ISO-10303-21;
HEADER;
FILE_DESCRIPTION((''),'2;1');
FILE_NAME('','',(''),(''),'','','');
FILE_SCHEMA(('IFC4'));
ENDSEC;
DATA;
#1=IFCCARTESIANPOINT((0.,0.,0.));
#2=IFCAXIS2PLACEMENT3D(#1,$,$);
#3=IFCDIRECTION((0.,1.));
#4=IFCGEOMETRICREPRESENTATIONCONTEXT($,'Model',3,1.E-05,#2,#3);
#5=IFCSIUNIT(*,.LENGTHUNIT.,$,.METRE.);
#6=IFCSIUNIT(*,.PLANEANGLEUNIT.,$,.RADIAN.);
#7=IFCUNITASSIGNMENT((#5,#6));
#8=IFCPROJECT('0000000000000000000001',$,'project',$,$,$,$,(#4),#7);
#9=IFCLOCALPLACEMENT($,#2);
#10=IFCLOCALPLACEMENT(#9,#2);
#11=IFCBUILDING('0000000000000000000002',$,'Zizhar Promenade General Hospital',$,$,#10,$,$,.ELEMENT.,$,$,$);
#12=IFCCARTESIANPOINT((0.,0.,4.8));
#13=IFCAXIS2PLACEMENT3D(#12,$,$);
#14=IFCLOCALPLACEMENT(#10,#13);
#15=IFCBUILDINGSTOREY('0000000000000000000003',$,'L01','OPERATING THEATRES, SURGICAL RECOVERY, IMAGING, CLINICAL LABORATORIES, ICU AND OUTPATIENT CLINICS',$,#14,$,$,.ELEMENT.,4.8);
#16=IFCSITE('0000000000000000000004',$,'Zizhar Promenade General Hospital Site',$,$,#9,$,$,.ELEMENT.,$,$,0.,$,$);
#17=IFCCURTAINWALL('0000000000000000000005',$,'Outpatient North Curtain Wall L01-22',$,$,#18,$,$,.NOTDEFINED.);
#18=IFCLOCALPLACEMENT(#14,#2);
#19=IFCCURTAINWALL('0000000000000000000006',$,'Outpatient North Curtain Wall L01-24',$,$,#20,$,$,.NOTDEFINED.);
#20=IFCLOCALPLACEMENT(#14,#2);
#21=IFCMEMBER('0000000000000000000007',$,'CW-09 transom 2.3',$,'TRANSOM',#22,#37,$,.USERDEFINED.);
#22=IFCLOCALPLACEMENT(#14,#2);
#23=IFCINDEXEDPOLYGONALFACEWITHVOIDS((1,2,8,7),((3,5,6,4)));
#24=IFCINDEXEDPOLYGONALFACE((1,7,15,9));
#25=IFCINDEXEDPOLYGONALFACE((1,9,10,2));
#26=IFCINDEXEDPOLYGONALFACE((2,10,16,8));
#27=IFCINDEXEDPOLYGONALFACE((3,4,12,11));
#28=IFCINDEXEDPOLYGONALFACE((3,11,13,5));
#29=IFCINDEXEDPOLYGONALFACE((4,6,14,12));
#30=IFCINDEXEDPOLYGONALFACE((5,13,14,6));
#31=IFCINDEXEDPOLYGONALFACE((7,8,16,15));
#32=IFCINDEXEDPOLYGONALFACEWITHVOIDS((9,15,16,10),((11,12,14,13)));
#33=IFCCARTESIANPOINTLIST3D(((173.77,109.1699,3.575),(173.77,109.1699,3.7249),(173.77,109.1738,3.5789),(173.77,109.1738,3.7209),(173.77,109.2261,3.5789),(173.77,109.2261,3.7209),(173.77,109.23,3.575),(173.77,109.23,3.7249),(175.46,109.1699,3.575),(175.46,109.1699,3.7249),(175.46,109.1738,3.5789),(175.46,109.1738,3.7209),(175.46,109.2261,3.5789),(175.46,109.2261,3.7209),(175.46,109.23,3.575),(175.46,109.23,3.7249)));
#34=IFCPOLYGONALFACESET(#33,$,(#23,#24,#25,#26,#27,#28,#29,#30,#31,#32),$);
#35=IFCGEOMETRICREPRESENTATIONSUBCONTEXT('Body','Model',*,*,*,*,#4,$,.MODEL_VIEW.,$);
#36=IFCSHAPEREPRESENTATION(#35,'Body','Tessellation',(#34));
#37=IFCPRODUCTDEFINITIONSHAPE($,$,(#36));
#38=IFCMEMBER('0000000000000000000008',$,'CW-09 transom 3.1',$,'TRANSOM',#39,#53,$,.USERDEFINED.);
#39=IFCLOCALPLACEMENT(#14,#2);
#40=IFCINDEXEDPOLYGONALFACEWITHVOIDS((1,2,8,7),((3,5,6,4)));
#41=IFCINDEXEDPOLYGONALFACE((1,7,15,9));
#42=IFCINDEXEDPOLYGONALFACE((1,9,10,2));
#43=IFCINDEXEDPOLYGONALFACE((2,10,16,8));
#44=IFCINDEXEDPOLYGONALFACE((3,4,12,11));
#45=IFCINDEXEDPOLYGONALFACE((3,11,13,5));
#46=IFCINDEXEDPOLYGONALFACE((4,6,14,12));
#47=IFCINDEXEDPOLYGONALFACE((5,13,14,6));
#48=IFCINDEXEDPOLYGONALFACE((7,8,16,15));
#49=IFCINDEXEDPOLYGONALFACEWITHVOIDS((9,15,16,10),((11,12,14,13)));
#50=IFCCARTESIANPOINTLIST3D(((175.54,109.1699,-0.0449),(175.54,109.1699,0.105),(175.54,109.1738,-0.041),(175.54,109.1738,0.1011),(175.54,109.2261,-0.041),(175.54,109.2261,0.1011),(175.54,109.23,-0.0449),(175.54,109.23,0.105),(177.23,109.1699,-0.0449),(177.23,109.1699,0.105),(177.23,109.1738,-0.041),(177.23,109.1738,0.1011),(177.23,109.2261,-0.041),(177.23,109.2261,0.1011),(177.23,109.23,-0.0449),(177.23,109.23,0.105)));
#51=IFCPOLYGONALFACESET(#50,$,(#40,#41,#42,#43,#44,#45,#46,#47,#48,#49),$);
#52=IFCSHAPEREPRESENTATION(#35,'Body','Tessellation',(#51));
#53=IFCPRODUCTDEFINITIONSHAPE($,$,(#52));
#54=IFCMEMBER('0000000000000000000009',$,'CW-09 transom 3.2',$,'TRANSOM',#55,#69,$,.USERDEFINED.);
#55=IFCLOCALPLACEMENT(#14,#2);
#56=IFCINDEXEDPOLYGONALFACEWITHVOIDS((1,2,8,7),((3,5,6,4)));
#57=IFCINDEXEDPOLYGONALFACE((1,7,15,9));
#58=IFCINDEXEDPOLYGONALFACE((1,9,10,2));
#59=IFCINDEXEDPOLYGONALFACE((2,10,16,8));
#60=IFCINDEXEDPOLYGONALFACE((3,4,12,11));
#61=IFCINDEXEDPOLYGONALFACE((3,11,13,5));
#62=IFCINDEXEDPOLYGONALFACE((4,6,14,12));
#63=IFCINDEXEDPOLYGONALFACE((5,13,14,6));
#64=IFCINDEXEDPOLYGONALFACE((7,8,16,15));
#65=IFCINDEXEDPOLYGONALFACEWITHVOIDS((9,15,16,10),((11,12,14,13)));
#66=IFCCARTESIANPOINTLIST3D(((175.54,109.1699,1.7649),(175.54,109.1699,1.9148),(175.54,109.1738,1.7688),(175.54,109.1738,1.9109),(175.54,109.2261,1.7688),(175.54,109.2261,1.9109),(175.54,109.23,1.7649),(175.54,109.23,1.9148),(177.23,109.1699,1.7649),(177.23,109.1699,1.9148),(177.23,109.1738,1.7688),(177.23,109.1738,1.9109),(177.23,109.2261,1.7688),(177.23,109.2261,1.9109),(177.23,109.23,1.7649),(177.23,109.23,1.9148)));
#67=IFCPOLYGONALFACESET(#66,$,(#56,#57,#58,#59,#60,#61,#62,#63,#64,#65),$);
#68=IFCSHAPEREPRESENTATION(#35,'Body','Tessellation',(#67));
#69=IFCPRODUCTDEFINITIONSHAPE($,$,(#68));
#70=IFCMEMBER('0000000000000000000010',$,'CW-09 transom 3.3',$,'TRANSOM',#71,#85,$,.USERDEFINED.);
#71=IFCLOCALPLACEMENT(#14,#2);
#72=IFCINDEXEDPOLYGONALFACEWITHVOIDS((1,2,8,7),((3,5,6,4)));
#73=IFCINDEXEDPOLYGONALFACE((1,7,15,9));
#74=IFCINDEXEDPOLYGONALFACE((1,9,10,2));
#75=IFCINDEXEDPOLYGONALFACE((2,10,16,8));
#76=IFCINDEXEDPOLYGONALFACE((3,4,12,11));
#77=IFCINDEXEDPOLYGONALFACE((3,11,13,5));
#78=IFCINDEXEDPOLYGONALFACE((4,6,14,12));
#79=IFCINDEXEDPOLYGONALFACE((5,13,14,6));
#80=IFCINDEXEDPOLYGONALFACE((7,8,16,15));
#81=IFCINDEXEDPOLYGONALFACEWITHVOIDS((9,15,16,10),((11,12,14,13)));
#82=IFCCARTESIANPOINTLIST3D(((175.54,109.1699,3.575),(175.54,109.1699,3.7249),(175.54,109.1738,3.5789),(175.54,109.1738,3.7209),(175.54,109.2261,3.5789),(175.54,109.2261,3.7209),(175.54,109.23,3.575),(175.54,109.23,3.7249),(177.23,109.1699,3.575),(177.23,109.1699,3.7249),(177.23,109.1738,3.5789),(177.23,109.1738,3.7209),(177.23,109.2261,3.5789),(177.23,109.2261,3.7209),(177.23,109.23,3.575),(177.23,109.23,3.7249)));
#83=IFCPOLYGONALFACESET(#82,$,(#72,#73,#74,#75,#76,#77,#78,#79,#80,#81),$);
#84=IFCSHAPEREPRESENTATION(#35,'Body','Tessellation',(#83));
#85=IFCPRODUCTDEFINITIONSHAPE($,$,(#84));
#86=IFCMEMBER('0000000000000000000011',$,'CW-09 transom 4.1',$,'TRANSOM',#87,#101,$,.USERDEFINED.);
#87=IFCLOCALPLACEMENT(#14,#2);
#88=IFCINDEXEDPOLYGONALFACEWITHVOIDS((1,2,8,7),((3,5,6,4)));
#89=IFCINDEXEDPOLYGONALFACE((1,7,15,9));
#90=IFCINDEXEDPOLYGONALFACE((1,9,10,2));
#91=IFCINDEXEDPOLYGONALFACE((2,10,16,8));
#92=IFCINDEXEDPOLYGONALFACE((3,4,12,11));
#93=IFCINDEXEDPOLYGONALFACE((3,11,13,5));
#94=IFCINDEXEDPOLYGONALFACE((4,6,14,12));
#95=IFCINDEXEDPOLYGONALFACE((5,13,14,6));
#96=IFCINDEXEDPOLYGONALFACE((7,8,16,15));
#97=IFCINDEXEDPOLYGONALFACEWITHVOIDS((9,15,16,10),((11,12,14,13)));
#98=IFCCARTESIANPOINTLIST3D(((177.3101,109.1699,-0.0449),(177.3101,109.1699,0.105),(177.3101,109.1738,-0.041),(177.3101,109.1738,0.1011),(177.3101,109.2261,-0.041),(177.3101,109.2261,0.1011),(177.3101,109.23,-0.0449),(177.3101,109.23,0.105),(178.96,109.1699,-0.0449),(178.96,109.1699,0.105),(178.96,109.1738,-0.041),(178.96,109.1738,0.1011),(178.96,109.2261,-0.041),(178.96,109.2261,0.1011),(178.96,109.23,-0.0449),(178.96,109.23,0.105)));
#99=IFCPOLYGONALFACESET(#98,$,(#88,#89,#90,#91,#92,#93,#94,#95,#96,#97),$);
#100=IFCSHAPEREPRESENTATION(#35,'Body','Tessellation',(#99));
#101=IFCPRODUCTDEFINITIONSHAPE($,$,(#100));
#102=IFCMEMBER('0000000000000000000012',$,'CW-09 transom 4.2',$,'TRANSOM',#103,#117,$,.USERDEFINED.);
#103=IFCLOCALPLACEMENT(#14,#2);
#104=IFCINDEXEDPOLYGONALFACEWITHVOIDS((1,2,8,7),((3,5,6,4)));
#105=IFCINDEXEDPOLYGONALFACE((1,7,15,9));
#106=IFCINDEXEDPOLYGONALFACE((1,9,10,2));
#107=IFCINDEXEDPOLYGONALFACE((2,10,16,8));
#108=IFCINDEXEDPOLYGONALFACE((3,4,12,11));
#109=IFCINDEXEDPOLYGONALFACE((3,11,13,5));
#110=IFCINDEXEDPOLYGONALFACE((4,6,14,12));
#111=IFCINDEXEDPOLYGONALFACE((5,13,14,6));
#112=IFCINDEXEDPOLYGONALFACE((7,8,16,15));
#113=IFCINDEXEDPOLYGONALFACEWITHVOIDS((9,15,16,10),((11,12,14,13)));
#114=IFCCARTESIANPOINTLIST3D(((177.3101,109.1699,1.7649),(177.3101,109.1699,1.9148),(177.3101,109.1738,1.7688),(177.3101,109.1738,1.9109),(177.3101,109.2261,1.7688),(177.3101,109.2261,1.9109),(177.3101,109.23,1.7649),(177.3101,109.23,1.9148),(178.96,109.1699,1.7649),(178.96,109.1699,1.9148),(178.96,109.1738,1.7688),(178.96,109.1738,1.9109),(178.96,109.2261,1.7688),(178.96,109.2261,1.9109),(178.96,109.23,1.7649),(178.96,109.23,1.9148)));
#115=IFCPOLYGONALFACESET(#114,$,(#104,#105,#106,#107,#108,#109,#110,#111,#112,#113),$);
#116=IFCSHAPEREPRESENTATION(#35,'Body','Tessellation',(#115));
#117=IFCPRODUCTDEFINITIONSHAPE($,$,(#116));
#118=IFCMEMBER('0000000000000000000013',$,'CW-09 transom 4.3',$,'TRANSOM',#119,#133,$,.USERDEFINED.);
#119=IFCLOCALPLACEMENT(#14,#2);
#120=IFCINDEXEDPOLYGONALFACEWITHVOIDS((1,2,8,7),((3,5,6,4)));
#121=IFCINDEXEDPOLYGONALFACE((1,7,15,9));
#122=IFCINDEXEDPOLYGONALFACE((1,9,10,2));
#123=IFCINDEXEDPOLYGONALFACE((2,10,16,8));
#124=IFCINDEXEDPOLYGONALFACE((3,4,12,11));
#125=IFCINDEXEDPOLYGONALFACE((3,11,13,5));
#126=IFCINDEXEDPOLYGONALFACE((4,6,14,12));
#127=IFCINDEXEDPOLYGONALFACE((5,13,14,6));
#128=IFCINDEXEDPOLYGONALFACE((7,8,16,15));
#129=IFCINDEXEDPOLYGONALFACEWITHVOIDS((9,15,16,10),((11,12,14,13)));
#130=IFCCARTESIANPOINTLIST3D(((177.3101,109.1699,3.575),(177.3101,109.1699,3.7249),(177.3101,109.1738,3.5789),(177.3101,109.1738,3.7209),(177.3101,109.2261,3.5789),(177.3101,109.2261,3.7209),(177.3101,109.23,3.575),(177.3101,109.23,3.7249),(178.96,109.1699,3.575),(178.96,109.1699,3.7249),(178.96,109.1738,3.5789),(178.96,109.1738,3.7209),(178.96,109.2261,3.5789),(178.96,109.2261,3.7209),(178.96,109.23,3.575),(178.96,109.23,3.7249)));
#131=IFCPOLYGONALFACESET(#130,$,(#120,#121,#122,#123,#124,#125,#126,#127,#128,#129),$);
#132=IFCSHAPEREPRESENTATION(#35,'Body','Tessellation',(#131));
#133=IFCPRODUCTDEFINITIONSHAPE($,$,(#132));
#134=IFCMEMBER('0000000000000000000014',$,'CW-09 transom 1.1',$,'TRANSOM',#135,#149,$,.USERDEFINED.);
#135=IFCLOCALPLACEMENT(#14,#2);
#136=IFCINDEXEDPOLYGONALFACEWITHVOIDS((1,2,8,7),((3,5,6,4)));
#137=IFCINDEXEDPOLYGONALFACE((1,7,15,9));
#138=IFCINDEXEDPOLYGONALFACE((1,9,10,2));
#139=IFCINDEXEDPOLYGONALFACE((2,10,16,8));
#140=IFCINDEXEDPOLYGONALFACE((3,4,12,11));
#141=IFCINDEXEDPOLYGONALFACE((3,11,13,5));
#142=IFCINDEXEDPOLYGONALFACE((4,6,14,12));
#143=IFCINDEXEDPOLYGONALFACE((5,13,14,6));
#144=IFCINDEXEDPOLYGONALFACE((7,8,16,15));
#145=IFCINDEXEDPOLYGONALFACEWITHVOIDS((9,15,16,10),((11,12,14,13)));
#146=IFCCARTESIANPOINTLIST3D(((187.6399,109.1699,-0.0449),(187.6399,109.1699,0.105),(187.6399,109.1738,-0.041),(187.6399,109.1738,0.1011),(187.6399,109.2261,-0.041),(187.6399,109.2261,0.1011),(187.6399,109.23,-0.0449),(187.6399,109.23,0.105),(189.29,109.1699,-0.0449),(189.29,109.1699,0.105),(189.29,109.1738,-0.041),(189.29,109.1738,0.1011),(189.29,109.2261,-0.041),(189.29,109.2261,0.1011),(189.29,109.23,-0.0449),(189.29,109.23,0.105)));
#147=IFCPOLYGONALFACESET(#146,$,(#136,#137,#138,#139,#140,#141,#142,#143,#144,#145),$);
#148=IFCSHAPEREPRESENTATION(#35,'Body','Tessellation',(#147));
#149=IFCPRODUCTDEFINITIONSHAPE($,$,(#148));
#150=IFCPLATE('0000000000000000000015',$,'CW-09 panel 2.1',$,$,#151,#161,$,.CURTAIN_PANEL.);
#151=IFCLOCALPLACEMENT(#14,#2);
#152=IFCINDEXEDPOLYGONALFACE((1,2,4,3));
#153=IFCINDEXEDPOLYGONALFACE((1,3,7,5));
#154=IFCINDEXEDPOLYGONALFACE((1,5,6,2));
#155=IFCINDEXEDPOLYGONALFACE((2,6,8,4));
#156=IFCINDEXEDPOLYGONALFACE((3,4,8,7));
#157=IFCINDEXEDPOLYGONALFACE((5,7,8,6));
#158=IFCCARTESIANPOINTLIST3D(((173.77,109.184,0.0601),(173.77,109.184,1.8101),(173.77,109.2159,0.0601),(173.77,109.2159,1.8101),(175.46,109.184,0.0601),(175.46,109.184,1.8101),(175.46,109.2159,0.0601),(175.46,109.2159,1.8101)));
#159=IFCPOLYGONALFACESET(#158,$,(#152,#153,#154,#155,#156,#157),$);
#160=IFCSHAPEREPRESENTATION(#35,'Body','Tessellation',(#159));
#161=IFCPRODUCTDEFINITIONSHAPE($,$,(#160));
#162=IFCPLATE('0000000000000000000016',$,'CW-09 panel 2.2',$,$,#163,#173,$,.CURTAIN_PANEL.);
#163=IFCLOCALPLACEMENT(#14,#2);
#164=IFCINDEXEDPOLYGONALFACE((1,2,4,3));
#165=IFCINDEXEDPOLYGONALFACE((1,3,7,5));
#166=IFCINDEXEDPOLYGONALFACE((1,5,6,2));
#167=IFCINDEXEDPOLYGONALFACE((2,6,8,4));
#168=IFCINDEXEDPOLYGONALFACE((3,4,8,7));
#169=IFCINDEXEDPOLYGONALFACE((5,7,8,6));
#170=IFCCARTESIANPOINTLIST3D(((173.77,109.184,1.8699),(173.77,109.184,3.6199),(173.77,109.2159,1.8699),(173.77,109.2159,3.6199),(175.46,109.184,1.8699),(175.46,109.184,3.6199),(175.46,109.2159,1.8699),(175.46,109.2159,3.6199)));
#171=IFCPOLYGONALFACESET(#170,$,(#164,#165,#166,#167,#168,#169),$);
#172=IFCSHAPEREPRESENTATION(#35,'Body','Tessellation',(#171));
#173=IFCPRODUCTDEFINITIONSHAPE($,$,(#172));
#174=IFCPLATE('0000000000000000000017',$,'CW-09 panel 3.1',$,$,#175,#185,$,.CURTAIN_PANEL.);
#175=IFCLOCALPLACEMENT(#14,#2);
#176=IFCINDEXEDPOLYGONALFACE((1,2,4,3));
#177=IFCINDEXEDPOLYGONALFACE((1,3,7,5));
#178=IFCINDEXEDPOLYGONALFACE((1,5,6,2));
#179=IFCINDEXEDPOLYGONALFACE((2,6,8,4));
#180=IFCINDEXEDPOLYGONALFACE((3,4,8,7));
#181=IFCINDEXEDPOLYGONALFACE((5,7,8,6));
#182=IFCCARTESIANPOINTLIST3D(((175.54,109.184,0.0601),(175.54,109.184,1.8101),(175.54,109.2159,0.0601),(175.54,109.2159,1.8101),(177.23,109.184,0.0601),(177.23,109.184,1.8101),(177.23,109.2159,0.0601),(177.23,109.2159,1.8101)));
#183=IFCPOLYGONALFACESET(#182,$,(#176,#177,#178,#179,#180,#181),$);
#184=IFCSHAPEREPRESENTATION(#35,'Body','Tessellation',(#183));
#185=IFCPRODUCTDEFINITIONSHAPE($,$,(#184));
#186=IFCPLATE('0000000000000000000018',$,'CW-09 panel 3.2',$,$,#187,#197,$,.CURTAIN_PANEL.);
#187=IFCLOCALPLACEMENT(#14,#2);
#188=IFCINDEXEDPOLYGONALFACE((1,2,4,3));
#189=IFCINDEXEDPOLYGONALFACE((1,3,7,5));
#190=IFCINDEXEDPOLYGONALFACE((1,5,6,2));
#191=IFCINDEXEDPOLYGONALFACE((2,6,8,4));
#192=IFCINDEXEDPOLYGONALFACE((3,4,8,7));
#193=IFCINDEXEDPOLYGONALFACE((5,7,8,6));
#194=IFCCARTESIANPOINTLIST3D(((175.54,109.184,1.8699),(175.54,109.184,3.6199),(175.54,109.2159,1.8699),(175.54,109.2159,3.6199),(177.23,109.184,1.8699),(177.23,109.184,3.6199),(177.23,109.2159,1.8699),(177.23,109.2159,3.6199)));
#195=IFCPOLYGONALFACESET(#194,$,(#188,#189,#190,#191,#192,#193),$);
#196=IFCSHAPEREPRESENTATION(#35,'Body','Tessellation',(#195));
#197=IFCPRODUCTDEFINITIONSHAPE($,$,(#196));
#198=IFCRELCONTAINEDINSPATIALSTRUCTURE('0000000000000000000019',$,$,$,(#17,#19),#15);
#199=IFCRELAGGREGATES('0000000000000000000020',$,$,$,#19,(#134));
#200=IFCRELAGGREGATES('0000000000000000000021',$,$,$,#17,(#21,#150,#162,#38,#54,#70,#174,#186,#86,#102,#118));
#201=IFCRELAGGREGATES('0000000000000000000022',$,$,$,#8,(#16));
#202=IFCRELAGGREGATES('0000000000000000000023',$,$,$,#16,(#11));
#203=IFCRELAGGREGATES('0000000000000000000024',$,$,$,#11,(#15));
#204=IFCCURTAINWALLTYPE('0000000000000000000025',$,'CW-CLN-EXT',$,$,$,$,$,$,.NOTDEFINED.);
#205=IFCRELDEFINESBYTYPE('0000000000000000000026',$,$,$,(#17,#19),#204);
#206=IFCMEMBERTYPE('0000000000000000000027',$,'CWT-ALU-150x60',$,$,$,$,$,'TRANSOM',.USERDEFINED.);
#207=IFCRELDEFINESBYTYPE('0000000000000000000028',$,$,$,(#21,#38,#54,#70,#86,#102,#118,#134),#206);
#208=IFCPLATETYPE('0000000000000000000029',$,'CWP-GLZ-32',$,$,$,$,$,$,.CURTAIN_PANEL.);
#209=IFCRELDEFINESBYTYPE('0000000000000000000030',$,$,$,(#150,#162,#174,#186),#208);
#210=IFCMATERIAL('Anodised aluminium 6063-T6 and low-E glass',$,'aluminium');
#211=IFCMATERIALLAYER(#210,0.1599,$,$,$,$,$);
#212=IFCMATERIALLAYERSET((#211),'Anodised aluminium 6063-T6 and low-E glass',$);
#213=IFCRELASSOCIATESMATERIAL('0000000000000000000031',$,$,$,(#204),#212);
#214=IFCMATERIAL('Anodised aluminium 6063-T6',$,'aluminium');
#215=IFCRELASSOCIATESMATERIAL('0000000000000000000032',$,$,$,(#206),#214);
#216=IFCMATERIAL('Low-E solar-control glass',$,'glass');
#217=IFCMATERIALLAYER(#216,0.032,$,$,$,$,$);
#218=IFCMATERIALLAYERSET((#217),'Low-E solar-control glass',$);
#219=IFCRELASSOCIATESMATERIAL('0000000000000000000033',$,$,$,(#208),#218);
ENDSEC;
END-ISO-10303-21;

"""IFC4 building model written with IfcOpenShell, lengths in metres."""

from ifc_helpers import new_model, si_unit, direction, frame, origin, origin_2d, place, context, subcontext, project, spatial, rectangle, hollow_rectangle, extrude, material, layer, layer_set, material_profile, profile_set, type_object, element, aggregate, save


model = new_model("IFC4")

# Units and contexts
model_context = context("Model", 3, precision=1e-05, world=origin(), true_north=direction((0.0, 1.0)))
body_context = subcontext(model_context, "Body", "Model", "MODEL_VIEW")
ifc_project = project(units=[si_unit("LENGTHUNIT", "METRE"), si_unit("PLANEANGLEUNIT", "RADIAN")], contexts=[model_context])

# Site, building, storey
site_placement = place(None, origin())
site = spatial("IfcSite", under=ifc_project, at=site_placement, Name="Zizhar Promenade General Hospital Site", CompositionType="ELEMENT", RefElevation=0.0)
building_placement = place(site_placement, origin())
building = spatial("IfcBuilding", under=site, at=building_placement, Name="Zizhar Promenade General Hospital", CompositionType="ELEMENT")
storey_placement = place(building_placement, frame((0.0, 0.0, 4.8)))
storey = spatial("IfcBuildingStorey", under=building, at=storey_placement, Name="L01", Description="OPERATING THEATRES, SURGICAL RECOVERY, IMAGING, CLINICAL LABORATORIES, ICU AND OUTPATIENT CLINICS", CompositionType="ELEMENT", Elevation=4.8)

# Curtain wall
ifc_material_1 = material(Name="Anodised aluminium 6063-T6 and low-E glass", Category="aluminium")
ifc_layer_1 = layer(ifc_material_1, 0.1599)
ifc_layer_set_1 = layer_set([ifc_layer_1], Name="Anodised aluminium 6063-T6 and low-E glass")
curtain_wall_type = type_object("IfcCurtainWallType", Name="CW-CLN-EXT", PredefinedType="NOTDEFINED", material=ifc_layer_set_1)
curtain_wall_1_placement = place(storey_placement, origin())
curtain_wall_1 = element("IfcCurtainWall", 1, at=curtain_wall_1_placement, inside=storey, type_object=curtain_wall_type, Name="Outpatient North Curtain Wall L01-22", PredefinedType="NOTDEFINED")

# Curtain wall
curtain_wall_2_placement = place(storey_placement, origin())
curtain_wall_2 = element("IfcCurtainWall", 2, at=curtain_wall_2_placement, inside=storey, type_object=curtain_wall_type, Name="Outpatient North Curtain Wall L01-24", PredefinedType="NOTDEFINED")

# Members
ifc_material_2 = material(Name="Anodised aluminium 6063-T6", Category="aluminium")
ifc_material_profile_1 = material_profile(ifc_material_2, hollow_rectangle(XDim=0.0601, YDim=0.1499, WallThickness=0.0039, at=origin_2d()))
ifc_profile_set_1 = profile_set([ifc_material_profile_1], Name="Anodised aluminium 6063-T6")
member_type_1 = type_object("IfcMemberType", Name="CWT-ALU-150x60", ElementType="TRANSOM", PredefinedType="USERDEFINED", material=ifc_profile_set_1)
member_1_placement = place(storey_placement, frame((173.77, 109.2, 3.6499), z_axis=(1.0, 0.0, 0.0), x_axis=(0.0, 1.0, 0.0)))
member_1 = element("IfcMember", 3, at=member_1_placement, type_object=member_type_1, Name="CW-09 transom 2.3", ObjectType="TRANSOM", PredefinedType="USERDEFINED", context=body_context, shape_type="SweptSolid", body=[
    extrude(hollow_rectangle(XDim=0.0601, YDim=0.1499, WallThickness=0.0039, at=origin_2d()), origin(), (0.0, 0.0, 1.0), 1.6899),
])
member_2_placement = place(storey_placement, frame((175.54, 109.2, 0.03), z_axis=(1.0, 0.0, 0.0), x_axis=(0.0, 1.0, 0.0)))
member_2 = element("IfcMember", 4, at=member_2_placement, type_object=member_type_1, Name="CW-09 transom 3.1", ObjectType="TRANSOM", PredefinedType="USERDEFINED", context=body_context, shape_type="SweptSolid", body=[
    extrude(hollow_rectangle(XDim=0.0601, YDim=0.1499, WallThickness=0.0039, at=origin_2d()), origin(), (0.0, 0.0, 1.0), 1.6899),
])
member_3_placement = place(storey_placement, frame((175.54, 109.2, 1.8398), z_axis=(1.0, 0.0, 0.0), x_axis=(0.0, 1.0, 0.0)))
member_3 = element("IfcMember", 5, at=member_3_placement, type_object=member_type_1, Name="CW-09 transom 3.2", ObjectType="TRANSOM", PredefinedType="USERDEFINED", context=body_context, shape_type="SweptSolid", body=[
    extrude(hollow_rectangle(XDim=0.0601, YDim=0.1499, WallThickness=0.0039, at=origin_2d()), origin(), (0.0, 0.0, 1.0), 1.6899),
])
member_4_placement = place(storey_placement, frame((175.54, 109.2, 3.6499), z_axis=(1.0, 0.0, 0.0), x_axis=(0.0, 1.0, 0.0)))
member_4 = element("IfcMember", 6, at=member_4_placement, type_object=member_type_1, Name="CW-09 transom 3.3", ObjectType="TRANSOM", PredefinedType="USERDEFINED", context=body_context, shape_type="SweptSolid", body=[
    extrude(hollow_rectangle(XDim=0.0601, YDim=0.1499, WallThickness=0.0039, at=origin_2d()), origin(), (0.0, 0.0, 1.0), 1.6899),
])
member_5_placement = place(storey_placement, frame((177.3101, 109.2, 0.03), z_axis=(1.0, 0.0, 0.0), x_axis=(0.0, 1.0, 0.0)))
member_5 = element("IfcMember", 7, at=member_5_placement, type_object=member_type_1, Name="CW-09 transom 4.1", ObjectType="TRANSOM", PredefinedType="USERDEFINED", context=body_context, shape_type="SweptSolid", body=[
    extrude(hollow_rectangle(XDim=0.0601, YDim=0.1499, WallThickness=0.0039, at=origin_2d()), origin(), (0.0, 0.0, 1.0), 1.6499),
])
member_6_placement = place(storey_placement, frame((177.3101, 109.2, 1.8398), z_axis=(1.0, 0.0, 0.0), x_axis=(0.0, 1.0, 0.0)))
member_6 = element("IfcMember", 8, at=member_6_placement, type_object=member_type_1, Name="CW-09 transom 4.2", ObjectType="TRANSOM", PredefinedType="USERDEFINED", context=body_context, shape_type="SweptSolid", body=[
    extrude(hollow_rectangle(XDim=0.0601, YDim=0.1499, WallThickness=0.0039, at=origin_2d()), origin(), (0.0, 0.0, 1.0), 1.6499),
])
member_7_placement = place(storey_placement, frame((177.3101, 109.2, 3.6499), z_axis=(1.0, 0.0, 0.0), x_axis=(0.0, 1.0, 0.0)))
member_7 = element("IfcMember", 9, at=member_7_placement, type_object=member_type_1, Name="CW-09 transom 4.3", ObjectType="TRANSOM", PredefinedType="USERDEFINED", context=body_context, shape_type="SweptSolid", body=[
    extrude(hollow_rectangle(XDim=0.0601, YDim=0.1499, WallThickness=0.0039, at=origin_2d()), origin(), (0.0, 0.0, 1.0), 1.6499),
])
member_8_placement = place(storey_placement, frame((187.6399, 109.2, 0.03), z_axis=(1.0, 0.0, 0.0), x_axis=(0.0, 1.0, 0.0)))
member_8 = element("IfcMember", 10, at=member_8_placement, type_object=member_type_1, Name="CW-09 transom 1.1", ObjectType="TRANSOM", PredefinedType="USERDEFINED", context=body_context, shape_type="SweptSolid", body=[
    extrude(hollow_rectangle(XDim=0.0601, YDim=0.1499, WallThickness=0.0039, at=origin_2d()), origin(), (0.0, 0.0, 1.0), 1.6501),
])
aggregate(curtain_wall_2, [member_8])

# Plates
ifc_material_3 = material(Name="Low-E solar-control glass", Category="glass")
ifc_layer_2 = layer(ifc_material_3, 0.032)
ifc_layer_set_2 = layer_set([ifc_layer_2], Name="Low-E solar-control glass")
plate_type = type_object("IfcPlateType", Name="CWP-GLZ-32", PredefinedType="CURTAIN_PANEL", material=ifc_layer_set_2)
plate_1_placement = place(storey_placement, frame((174.615, 109.2, 0.0601), z_axis=(0.0, 0.0, 1.0), x_axis=(1.0, 0.0, 0.0)))
plate_1 = element("IfcPlate", 11, at=plate_1_placement, type_object=plate_type, Name="CW-09 panel 2.1", PredefinedType="CURTAIN_PANEL", context=body_context, shape_type="SweptSolid", body=[
    extrude(rectangle(XDim=1.6899, YDim=0.032, at=origin_2d()), origin(), (0.0, 0.0, 1.0), 1.75),
])
plate_2_placement = place(storey_placement, frame((174.615, 109.2, 1.8699), z_axis=(0.0, 0.0, 1.0), x_axis=(1.0, 0.0, 0.0)))
plate_2 = element("IfcPlate", 12, at=plate_2_placement, type_object=plate_type, Name="CW-09 panel 2.2", PredefinedType="CURTAIN_PANEL", context=body_context, shape_type="SweptSolid", body=[
    extrude(rectangle(XDim=1.6899, YDim=0.032, at=origin_2d()), origin(), (0.0, 0.0, 1.0), 1.75),
])
plate_3_placement = place(storey_placement, frame((176.385, 109.2, 0.0601), z_axis=(0.0, 0.0, 1.0), x_axis=(1.0, 0.0, 0.0)))
plate_3 = element("IfcPlate", 13, at=plate_3_placement, type_object=plate_type, Name="CW-09 panel 3.1", PredefinedType="CURTAIN_PANEL", context=body_context, shape_type="SweptSolid", body=[
    extrude(rectangle(XDim=1.6899, YDim=0.032, at=origin_2d()), origin(), (0.0, 0.0, 1.0), 1.75),
])
plate_4_placement = place(storey_placement, frame((176.385, 109.2, 1.8699), z_axis=(0.0, 0.0, 1.0), x_axis=(1.0, 0.0, 0.0)))
plate_4 = element("IfcPlate", 14, at=plate_4_placement, type_object=plate_type, Name="CW-09 panel 3.2", PredefinedType="CURTAIN_PANEL", context=body_context, shape_type="SweptSolid", body=[
    extrude(rectangle(XDim=1.6899, YDim=0.032, at=origin_2d()), origin(), (0.0, 0.0, 1.0), 1.75),
])
aggregate(curtain_wall_1, [member_1, plate_1, plate_2, member_2, member_3, member_4, plate_3, plate_4, member_5, member_6, member_7])

save(model, "model.ifc")
